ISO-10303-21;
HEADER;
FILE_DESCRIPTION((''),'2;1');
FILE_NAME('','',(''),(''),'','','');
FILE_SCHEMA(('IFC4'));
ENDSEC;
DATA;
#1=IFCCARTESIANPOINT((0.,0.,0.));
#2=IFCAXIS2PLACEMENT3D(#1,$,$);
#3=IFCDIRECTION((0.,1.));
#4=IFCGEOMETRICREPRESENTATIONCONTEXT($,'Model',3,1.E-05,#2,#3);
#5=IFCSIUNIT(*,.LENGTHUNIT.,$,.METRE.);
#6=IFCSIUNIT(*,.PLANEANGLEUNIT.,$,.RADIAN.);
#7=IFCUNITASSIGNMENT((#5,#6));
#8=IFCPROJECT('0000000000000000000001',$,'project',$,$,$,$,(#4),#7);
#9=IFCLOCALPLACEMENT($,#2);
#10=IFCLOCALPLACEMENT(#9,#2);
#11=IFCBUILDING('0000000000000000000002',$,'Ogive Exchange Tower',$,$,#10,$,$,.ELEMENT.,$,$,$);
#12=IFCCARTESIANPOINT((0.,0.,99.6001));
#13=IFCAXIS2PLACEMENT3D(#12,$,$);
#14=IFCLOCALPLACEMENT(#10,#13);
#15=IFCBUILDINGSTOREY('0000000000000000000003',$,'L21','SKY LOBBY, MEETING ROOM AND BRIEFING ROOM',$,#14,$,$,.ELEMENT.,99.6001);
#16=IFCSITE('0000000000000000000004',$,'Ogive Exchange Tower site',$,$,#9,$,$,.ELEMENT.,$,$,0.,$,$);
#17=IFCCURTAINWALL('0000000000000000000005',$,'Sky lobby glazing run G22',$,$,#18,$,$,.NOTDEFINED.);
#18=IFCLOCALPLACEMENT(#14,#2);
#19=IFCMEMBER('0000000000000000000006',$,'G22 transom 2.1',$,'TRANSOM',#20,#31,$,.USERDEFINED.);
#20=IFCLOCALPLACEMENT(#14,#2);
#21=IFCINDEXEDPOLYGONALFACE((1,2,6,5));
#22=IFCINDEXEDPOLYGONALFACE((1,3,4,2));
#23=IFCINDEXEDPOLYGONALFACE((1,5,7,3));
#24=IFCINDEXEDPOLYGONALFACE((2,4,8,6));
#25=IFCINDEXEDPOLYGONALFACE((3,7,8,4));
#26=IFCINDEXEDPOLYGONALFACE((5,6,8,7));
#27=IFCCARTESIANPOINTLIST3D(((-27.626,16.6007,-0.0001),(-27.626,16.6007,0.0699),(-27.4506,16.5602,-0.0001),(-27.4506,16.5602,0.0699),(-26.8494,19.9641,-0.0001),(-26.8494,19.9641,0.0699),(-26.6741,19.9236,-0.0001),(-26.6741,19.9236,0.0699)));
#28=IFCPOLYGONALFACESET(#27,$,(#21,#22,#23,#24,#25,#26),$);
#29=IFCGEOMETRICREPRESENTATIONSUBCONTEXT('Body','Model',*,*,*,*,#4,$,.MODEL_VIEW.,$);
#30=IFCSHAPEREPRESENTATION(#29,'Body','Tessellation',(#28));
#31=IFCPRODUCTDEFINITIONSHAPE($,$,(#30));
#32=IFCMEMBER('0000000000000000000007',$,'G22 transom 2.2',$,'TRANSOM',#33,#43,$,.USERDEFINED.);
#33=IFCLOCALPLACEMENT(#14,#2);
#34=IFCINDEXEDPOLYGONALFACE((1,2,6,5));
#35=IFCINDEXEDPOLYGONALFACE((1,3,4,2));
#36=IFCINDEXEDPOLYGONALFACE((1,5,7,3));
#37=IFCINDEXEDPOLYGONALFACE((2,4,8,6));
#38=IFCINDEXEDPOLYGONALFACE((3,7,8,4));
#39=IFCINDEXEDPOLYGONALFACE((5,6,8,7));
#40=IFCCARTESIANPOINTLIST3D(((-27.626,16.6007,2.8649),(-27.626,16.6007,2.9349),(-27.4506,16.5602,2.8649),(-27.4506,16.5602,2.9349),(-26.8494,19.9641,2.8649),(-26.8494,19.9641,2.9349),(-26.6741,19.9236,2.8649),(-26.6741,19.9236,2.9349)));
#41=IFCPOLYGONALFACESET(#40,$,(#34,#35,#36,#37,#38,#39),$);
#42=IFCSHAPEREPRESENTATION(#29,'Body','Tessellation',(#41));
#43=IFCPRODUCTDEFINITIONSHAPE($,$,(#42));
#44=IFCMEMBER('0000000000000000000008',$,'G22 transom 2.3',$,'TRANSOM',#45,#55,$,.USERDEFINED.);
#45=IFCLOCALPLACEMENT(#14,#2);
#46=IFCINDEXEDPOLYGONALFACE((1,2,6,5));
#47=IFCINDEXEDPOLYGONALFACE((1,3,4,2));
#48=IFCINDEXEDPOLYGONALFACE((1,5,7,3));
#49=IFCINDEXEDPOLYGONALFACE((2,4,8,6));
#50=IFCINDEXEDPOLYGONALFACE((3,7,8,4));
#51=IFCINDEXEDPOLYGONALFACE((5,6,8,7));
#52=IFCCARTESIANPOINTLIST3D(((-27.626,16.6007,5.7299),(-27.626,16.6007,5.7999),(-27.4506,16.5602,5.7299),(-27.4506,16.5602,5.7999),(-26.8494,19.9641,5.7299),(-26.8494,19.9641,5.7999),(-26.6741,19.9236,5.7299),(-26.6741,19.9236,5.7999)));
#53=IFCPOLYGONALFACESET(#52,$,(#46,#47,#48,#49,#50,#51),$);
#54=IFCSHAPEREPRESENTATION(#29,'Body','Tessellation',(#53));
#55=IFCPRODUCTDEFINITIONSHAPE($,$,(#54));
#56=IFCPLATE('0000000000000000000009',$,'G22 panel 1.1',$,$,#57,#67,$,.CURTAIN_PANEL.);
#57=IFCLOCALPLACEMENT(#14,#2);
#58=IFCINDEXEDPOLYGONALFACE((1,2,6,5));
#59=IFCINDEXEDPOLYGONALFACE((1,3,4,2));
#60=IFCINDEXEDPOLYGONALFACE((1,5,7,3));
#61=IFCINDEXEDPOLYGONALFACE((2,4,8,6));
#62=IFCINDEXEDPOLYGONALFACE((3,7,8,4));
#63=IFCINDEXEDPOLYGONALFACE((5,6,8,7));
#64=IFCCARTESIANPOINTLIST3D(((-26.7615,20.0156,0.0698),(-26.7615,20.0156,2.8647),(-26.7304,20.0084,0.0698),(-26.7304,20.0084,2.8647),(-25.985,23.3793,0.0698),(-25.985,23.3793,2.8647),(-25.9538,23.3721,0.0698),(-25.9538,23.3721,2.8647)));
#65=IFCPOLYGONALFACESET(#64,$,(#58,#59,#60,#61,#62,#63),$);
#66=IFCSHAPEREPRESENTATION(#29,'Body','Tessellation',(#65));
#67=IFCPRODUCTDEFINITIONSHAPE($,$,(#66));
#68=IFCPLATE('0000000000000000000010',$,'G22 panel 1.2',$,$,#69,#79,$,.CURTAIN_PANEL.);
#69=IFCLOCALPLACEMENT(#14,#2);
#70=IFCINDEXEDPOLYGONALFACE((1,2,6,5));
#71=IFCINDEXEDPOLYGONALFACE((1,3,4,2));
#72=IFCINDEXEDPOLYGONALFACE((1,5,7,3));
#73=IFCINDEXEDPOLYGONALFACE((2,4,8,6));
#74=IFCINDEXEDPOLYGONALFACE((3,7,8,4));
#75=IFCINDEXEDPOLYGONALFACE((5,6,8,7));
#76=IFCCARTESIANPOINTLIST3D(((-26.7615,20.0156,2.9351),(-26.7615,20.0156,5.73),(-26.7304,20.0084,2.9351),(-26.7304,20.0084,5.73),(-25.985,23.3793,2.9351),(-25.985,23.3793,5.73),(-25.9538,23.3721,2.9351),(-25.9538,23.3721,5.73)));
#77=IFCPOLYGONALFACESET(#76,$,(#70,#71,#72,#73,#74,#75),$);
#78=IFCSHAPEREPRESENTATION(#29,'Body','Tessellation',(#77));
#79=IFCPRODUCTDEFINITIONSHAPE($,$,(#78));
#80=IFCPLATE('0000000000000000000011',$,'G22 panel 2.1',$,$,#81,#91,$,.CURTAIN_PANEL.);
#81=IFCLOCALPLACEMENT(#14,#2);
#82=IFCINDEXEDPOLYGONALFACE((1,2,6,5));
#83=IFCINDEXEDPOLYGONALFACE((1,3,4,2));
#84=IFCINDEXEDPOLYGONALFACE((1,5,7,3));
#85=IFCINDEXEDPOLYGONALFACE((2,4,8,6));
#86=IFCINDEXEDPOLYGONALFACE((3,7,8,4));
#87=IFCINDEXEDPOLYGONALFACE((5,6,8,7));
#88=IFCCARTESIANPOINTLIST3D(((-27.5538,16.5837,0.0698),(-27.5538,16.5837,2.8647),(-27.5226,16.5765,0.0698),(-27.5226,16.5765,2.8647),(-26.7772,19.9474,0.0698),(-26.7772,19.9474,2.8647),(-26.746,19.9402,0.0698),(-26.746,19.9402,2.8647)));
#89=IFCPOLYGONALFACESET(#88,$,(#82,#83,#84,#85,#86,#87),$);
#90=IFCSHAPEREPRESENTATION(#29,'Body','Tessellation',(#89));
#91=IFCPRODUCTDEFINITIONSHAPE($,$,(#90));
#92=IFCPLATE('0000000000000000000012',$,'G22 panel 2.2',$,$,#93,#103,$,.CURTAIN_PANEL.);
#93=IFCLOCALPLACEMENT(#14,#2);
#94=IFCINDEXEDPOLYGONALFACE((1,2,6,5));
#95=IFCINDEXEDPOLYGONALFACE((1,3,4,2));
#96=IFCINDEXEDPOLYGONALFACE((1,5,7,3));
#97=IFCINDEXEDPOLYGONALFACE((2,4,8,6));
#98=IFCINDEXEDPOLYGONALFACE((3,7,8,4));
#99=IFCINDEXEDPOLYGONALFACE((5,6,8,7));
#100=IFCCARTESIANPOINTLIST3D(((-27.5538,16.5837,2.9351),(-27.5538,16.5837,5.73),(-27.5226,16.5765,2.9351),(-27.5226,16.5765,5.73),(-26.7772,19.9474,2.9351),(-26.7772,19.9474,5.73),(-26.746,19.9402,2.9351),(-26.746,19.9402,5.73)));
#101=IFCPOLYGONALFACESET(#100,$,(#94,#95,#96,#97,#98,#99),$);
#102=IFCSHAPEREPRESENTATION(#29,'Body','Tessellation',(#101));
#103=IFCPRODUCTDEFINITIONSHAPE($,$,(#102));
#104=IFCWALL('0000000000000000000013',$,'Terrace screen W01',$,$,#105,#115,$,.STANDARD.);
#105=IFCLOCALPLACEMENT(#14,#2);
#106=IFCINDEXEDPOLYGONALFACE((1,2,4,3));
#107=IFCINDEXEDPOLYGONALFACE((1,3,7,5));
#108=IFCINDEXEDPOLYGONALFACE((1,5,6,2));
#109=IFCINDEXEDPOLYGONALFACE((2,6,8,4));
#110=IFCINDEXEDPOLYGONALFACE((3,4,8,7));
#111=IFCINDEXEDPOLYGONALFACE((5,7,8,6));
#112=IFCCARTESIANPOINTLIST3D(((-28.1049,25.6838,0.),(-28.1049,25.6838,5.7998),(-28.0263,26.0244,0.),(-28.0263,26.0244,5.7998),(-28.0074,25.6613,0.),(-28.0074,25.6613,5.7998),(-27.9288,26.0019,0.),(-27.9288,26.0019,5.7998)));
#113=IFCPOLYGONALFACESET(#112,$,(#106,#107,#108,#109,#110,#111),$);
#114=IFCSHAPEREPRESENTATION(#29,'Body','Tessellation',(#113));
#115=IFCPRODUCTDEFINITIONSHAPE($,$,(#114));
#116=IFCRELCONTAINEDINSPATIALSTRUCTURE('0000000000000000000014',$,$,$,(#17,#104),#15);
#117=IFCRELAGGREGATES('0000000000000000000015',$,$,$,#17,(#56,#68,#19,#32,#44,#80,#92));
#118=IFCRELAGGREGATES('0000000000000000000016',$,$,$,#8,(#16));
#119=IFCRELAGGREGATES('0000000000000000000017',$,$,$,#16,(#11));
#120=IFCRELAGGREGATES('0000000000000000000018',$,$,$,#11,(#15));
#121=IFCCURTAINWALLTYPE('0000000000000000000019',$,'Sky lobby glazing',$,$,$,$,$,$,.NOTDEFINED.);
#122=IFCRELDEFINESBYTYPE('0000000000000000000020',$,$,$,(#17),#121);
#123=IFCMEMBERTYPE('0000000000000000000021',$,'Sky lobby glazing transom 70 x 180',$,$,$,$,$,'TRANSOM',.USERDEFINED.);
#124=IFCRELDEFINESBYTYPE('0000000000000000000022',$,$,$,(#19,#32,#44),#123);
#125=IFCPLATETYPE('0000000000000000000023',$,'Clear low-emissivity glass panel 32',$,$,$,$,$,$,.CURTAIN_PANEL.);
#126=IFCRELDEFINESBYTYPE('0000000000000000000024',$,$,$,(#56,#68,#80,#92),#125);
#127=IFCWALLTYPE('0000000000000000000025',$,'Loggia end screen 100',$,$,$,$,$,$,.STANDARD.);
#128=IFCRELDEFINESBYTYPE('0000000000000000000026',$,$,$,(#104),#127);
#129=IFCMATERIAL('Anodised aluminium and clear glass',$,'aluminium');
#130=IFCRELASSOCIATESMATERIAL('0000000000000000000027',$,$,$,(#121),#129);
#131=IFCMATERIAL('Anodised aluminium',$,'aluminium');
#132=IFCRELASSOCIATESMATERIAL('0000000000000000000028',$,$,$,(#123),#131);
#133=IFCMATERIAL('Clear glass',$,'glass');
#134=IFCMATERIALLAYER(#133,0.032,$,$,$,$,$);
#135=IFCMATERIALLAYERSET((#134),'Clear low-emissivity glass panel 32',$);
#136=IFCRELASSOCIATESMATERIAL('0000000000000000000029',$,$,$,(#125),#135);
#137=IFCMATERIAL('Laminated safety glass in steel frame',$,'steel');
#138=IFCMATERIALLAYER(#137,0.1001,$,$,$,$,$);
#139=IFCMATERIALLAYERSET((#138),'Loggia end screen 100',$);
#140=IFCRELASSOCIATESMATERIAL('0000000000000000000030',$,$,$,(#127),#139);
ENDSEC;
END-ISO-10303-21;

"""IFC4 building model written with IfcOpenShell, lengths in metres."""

from ifc_helpers import new_model, si_unit, direction, frame, frame_2d, origin, origin_2d, place, context, subcontext, project, spatial, rectangle, extrude, material, layer, layer_set, material_profile, profile_set, type_object, element, aggregate, save


model = new_model("IFC4")

# Units and contexts
model_context = context("Model", 3, precision=1e-05, world=origin(), true_north=direction((0.0, 1.0)))
body_context = subcontext(model_context, "Body", "Model", "MODEL_VIEW")
ifc_project = project(units=[si_unit("LENGTHUNIT", "METRE"), si_unit("PLANEANGLEUNIT", "RADIAN")], contexts=[model_context])

# Site, building, storey
site_placement = place(None, origin())
site = spatial("IfcSite", under=ifc_project, at=site_placement, Name="Ogive Exchange Tower site", CompositionType="ELEMENT", RefElevation=0.0)
building_placement = place(site_placement, origin())
building = spatial("IfcBuilding", under=site, at=building_placement, Name="Ogive Exchange Tower", CompositionType="ELEMENT")
storey_placement = place(building_placement, frame((0.0, 0.0, 99.6001)))
storey = spatial("IfcBuildingStorey", under=building, at=storey_placement, Name="L21", Description="SKY LOBBY, MEETING ROOM AND BRIEFING ROOM", CompositionType="ELEMENT", Elevation=99.6001)

# Curtain wall, members, plates
ifc_material_1 = material(Name="Anodised aluminium and clear glass", Category="aluminium")
curtain_wall_type = type_object("IfcCurtainWallType", Name="Sky lobby glazing", PredefinedType="NOTDEFINED", material=ifc_material_1)
curtain_wall_placement = place(storey_placement, origin())
curtain_wall = element("IfcCurtainWall", 1, at=curtain_wall_placement, inside=storey, type_object=curtain_wall_type, Name="Sky lobby glazing run G22", PredefinedType="NOTDEFINED")
ifc_material_2 = material(Name="Anodised aluminium", Category="aluminium")
ifc_material_profile_1 = material_profile(ifc_material_2, rectangle(XDim=0.1799, YDim=0.0701, at=origin_2d()), Name="AL 70x180")
ifc_profile_set_1 = profile_set([ifc_material_profile_1], Name="Anodised aluminium")
member_type_1 = type_object("IfcMemberType", Name="Sky lobby glazing transom 70 x 180", ElementType="TRANSOM", PredefinedType="USERDEFINED", material=ifc_profile_set_1)
member_1_placement = place(storey_placement, frame((-26.7617, 19.9438, 0.0349), z_axis=(-0.224973, -0.974365, 0.0), x_axis=(0.974365, -0.224973, 0.0)))
member_1 = element("IfcMember", 2, at=member_1_placement, type_object=member_type_1, Name="G22 transom 2.1", ObjectType="TRANSOM", PredefinedType="USERDEFINED", context=body_context, shape_type="SweptSolid", body=[
    extrude(rectangle(XDim=0.1799, YDim=0.0701, at=origin_2d()), origin(), (0.0, 0.0, 1.0), 3.4519),
])
member_2_placement = place(storey_placement, frame((-26.7617, 19.9438, 2.8999), z_axis=(-0.224973, -0.974365, 0.0), x_axis=(0.974365, -0.224973, 0.0)))
member_2 = element("IfcMember", 3, at=member_2_placement, type_object=member_type_1, Name="G22 transom 2.2", ObjectType="TRANSOM", PredefinedType="USERDEFINED", context=body_context, shape_type="SweptSolid", body=[
    extrude(rectangle(XDim=0.1799, YDim=0.0701, at=origin_2d()), origin(), (0.0, 0.0, 1.0), 3.4519),
])
member_3_placement = place(storey_placement, frame((-26.7617, 19.9438, 5.7649), z_axis=(-0.224973, -0.974365, 0.0), x_axis=(0.974365, -0.224973, 0.0)))
member_3 = element("IfcMember", 4, at=member_3_placement, type_object=member_type_1, Name="G22 transom 2.3", ObjectType="TRANSOM", PredefinedType="USERDEFINED", context=body_context, shape_type="SweptSolid", body=[
    extrude(rectangle(XDim=0.1799, YDim=0.0701, at=origin_2d()), origin(), (0.0, 0.0, 1.0), 3.4519),
])
ifc_material_3 = material(Name="Clear glass", Category="glass")
ifc_layer_1 = layer(ifc_material_3, 0.032)
ifc_layer_set_1 = layer_set([ifc_layer_1], Name="Clear low-emissivity glass panel 32")
plate_type = type_object("IfcPlateType", Name="Clear low-emissivity glass panel 32", PredefinedType="CURTAIN_PANEL", material=ifc_layer_set_1)
plate_1_placement = place(storey_placement, frame((-26.3577, 21.6938, 0.0698), z_axis=(0.0, 0.0, 1.0), x_axis=(-0.224954, -0.974369, 0.0)))
plate_1 = element("IfcPlate", 5, at=plate_1_placement, type_object=plate_type, Name="G22 panel 1.1", PredefinedType="CURTAIN_PANEL", context=body_context, shape_type="SweptSolid", body=[
    extrude(rectangle(XDim=3.4521, YDim=0.032, at=origin_2d()), origin(), (0.0, 0.0, 1.0), 2.7949),
])
plate_2_placement = place(storey_placement, frame((-26.3577, 21.6938, 2.9351), z_axis=(0.0, 0.0, 1.0), x_axis=(-0.224954, -0.974369, 0.0)))
plate_2 = element("IfcPlate", 6, at=plate_2_placement, type_object=plate_type, Name="G22 panel 1.2", PredefinedType="CURTAIN_PANEL", context=body_context, shape_type="SweptSolid", body=[
    extrude(rectangle(XDim=3.4521, YDim=0.032, at=origin_2d()), origin(), (0.0, 0.0, 1.0), 2.7949),
])
plate_3_placement = place(storey_placement, frame((-27.1499, 18.262, 0.0698), z_axis=(0.0, 0.0, 1.0), x_axis=(-0.224954, -0.974369, 0.0)))
plate_3 = element("IfcPlate", 7, at=plate_3_placement, type_object=plate_type, Name="G22 panel 2.1", PredefinedType="CURTAIN_PANEL", context=body_context, shape_type="SweptSolid", body=[
    extrude(rectangle(XDim=3.4521, YDim=0.032, at=origin_2d()), origin(), (0.0, 0.0, 1.0), 2.7949),
])
plate_4_placement = place(storey_placement, frame((-27.1499, 18.262, 2.9351), z_axis=(0.0, 0.0, 1.0), x_axis=(-0.224954, -0.974369, 0.0)))
plate_4 = element("IfcPlate", 8, at=plate_4_placement, type_object=plate_type, Name="G22 panel 2.2", PredefinedType="CURTAIN_PANEL", context=body_context, shape_type="SweptSolid", body=[
    extrude(rectangle(XDim=3.4521, YDim=0.032, at=origin_2d()), origin(), (0.0, 0.0, 1.0), 2.7949),
])
aggregate(curtain_wall, [plate_1, plate_2, member_1, member_2, member_3, plate_3, plate_4])

# Wall
ifc_material_4 = material(Name="Laminated safety glass in steel frame", Category="steel")
ifc_layer_2 = layer(ifc_material_4, 0.1001)
ifc_layer_set_2 = layer_set([ifc_layer_2], Name="Loggia end screen 100")
wall_type = type_object("IfcWallType", Name="Loggia end screen 100", PredefinedType="STANDARD", material=ifc_layer_set_2)
wall_placement = place(storey_placement, frame((-27.9775, 26.0132, 0.0), z_axis=(0.0, 0.0, 1.0), x_axis=(-0.224911, -0.974379, 0.0)))
element("IfcWall", 9, at=wall_placement, inside=storey, type_object=wall_type, Name="Terrace screen W01", PredefinedType="STANDARD", context=body_context, shape_type="SweptSolid", body=[
    extrude(rectangle(XDim=0.3496, YDim=0.1001, at=frame_2d((0.1748, 0.0))), origin(), (0.0, 0.0, 1.0), 5.7998),
])

save(model, "model.ifc")
